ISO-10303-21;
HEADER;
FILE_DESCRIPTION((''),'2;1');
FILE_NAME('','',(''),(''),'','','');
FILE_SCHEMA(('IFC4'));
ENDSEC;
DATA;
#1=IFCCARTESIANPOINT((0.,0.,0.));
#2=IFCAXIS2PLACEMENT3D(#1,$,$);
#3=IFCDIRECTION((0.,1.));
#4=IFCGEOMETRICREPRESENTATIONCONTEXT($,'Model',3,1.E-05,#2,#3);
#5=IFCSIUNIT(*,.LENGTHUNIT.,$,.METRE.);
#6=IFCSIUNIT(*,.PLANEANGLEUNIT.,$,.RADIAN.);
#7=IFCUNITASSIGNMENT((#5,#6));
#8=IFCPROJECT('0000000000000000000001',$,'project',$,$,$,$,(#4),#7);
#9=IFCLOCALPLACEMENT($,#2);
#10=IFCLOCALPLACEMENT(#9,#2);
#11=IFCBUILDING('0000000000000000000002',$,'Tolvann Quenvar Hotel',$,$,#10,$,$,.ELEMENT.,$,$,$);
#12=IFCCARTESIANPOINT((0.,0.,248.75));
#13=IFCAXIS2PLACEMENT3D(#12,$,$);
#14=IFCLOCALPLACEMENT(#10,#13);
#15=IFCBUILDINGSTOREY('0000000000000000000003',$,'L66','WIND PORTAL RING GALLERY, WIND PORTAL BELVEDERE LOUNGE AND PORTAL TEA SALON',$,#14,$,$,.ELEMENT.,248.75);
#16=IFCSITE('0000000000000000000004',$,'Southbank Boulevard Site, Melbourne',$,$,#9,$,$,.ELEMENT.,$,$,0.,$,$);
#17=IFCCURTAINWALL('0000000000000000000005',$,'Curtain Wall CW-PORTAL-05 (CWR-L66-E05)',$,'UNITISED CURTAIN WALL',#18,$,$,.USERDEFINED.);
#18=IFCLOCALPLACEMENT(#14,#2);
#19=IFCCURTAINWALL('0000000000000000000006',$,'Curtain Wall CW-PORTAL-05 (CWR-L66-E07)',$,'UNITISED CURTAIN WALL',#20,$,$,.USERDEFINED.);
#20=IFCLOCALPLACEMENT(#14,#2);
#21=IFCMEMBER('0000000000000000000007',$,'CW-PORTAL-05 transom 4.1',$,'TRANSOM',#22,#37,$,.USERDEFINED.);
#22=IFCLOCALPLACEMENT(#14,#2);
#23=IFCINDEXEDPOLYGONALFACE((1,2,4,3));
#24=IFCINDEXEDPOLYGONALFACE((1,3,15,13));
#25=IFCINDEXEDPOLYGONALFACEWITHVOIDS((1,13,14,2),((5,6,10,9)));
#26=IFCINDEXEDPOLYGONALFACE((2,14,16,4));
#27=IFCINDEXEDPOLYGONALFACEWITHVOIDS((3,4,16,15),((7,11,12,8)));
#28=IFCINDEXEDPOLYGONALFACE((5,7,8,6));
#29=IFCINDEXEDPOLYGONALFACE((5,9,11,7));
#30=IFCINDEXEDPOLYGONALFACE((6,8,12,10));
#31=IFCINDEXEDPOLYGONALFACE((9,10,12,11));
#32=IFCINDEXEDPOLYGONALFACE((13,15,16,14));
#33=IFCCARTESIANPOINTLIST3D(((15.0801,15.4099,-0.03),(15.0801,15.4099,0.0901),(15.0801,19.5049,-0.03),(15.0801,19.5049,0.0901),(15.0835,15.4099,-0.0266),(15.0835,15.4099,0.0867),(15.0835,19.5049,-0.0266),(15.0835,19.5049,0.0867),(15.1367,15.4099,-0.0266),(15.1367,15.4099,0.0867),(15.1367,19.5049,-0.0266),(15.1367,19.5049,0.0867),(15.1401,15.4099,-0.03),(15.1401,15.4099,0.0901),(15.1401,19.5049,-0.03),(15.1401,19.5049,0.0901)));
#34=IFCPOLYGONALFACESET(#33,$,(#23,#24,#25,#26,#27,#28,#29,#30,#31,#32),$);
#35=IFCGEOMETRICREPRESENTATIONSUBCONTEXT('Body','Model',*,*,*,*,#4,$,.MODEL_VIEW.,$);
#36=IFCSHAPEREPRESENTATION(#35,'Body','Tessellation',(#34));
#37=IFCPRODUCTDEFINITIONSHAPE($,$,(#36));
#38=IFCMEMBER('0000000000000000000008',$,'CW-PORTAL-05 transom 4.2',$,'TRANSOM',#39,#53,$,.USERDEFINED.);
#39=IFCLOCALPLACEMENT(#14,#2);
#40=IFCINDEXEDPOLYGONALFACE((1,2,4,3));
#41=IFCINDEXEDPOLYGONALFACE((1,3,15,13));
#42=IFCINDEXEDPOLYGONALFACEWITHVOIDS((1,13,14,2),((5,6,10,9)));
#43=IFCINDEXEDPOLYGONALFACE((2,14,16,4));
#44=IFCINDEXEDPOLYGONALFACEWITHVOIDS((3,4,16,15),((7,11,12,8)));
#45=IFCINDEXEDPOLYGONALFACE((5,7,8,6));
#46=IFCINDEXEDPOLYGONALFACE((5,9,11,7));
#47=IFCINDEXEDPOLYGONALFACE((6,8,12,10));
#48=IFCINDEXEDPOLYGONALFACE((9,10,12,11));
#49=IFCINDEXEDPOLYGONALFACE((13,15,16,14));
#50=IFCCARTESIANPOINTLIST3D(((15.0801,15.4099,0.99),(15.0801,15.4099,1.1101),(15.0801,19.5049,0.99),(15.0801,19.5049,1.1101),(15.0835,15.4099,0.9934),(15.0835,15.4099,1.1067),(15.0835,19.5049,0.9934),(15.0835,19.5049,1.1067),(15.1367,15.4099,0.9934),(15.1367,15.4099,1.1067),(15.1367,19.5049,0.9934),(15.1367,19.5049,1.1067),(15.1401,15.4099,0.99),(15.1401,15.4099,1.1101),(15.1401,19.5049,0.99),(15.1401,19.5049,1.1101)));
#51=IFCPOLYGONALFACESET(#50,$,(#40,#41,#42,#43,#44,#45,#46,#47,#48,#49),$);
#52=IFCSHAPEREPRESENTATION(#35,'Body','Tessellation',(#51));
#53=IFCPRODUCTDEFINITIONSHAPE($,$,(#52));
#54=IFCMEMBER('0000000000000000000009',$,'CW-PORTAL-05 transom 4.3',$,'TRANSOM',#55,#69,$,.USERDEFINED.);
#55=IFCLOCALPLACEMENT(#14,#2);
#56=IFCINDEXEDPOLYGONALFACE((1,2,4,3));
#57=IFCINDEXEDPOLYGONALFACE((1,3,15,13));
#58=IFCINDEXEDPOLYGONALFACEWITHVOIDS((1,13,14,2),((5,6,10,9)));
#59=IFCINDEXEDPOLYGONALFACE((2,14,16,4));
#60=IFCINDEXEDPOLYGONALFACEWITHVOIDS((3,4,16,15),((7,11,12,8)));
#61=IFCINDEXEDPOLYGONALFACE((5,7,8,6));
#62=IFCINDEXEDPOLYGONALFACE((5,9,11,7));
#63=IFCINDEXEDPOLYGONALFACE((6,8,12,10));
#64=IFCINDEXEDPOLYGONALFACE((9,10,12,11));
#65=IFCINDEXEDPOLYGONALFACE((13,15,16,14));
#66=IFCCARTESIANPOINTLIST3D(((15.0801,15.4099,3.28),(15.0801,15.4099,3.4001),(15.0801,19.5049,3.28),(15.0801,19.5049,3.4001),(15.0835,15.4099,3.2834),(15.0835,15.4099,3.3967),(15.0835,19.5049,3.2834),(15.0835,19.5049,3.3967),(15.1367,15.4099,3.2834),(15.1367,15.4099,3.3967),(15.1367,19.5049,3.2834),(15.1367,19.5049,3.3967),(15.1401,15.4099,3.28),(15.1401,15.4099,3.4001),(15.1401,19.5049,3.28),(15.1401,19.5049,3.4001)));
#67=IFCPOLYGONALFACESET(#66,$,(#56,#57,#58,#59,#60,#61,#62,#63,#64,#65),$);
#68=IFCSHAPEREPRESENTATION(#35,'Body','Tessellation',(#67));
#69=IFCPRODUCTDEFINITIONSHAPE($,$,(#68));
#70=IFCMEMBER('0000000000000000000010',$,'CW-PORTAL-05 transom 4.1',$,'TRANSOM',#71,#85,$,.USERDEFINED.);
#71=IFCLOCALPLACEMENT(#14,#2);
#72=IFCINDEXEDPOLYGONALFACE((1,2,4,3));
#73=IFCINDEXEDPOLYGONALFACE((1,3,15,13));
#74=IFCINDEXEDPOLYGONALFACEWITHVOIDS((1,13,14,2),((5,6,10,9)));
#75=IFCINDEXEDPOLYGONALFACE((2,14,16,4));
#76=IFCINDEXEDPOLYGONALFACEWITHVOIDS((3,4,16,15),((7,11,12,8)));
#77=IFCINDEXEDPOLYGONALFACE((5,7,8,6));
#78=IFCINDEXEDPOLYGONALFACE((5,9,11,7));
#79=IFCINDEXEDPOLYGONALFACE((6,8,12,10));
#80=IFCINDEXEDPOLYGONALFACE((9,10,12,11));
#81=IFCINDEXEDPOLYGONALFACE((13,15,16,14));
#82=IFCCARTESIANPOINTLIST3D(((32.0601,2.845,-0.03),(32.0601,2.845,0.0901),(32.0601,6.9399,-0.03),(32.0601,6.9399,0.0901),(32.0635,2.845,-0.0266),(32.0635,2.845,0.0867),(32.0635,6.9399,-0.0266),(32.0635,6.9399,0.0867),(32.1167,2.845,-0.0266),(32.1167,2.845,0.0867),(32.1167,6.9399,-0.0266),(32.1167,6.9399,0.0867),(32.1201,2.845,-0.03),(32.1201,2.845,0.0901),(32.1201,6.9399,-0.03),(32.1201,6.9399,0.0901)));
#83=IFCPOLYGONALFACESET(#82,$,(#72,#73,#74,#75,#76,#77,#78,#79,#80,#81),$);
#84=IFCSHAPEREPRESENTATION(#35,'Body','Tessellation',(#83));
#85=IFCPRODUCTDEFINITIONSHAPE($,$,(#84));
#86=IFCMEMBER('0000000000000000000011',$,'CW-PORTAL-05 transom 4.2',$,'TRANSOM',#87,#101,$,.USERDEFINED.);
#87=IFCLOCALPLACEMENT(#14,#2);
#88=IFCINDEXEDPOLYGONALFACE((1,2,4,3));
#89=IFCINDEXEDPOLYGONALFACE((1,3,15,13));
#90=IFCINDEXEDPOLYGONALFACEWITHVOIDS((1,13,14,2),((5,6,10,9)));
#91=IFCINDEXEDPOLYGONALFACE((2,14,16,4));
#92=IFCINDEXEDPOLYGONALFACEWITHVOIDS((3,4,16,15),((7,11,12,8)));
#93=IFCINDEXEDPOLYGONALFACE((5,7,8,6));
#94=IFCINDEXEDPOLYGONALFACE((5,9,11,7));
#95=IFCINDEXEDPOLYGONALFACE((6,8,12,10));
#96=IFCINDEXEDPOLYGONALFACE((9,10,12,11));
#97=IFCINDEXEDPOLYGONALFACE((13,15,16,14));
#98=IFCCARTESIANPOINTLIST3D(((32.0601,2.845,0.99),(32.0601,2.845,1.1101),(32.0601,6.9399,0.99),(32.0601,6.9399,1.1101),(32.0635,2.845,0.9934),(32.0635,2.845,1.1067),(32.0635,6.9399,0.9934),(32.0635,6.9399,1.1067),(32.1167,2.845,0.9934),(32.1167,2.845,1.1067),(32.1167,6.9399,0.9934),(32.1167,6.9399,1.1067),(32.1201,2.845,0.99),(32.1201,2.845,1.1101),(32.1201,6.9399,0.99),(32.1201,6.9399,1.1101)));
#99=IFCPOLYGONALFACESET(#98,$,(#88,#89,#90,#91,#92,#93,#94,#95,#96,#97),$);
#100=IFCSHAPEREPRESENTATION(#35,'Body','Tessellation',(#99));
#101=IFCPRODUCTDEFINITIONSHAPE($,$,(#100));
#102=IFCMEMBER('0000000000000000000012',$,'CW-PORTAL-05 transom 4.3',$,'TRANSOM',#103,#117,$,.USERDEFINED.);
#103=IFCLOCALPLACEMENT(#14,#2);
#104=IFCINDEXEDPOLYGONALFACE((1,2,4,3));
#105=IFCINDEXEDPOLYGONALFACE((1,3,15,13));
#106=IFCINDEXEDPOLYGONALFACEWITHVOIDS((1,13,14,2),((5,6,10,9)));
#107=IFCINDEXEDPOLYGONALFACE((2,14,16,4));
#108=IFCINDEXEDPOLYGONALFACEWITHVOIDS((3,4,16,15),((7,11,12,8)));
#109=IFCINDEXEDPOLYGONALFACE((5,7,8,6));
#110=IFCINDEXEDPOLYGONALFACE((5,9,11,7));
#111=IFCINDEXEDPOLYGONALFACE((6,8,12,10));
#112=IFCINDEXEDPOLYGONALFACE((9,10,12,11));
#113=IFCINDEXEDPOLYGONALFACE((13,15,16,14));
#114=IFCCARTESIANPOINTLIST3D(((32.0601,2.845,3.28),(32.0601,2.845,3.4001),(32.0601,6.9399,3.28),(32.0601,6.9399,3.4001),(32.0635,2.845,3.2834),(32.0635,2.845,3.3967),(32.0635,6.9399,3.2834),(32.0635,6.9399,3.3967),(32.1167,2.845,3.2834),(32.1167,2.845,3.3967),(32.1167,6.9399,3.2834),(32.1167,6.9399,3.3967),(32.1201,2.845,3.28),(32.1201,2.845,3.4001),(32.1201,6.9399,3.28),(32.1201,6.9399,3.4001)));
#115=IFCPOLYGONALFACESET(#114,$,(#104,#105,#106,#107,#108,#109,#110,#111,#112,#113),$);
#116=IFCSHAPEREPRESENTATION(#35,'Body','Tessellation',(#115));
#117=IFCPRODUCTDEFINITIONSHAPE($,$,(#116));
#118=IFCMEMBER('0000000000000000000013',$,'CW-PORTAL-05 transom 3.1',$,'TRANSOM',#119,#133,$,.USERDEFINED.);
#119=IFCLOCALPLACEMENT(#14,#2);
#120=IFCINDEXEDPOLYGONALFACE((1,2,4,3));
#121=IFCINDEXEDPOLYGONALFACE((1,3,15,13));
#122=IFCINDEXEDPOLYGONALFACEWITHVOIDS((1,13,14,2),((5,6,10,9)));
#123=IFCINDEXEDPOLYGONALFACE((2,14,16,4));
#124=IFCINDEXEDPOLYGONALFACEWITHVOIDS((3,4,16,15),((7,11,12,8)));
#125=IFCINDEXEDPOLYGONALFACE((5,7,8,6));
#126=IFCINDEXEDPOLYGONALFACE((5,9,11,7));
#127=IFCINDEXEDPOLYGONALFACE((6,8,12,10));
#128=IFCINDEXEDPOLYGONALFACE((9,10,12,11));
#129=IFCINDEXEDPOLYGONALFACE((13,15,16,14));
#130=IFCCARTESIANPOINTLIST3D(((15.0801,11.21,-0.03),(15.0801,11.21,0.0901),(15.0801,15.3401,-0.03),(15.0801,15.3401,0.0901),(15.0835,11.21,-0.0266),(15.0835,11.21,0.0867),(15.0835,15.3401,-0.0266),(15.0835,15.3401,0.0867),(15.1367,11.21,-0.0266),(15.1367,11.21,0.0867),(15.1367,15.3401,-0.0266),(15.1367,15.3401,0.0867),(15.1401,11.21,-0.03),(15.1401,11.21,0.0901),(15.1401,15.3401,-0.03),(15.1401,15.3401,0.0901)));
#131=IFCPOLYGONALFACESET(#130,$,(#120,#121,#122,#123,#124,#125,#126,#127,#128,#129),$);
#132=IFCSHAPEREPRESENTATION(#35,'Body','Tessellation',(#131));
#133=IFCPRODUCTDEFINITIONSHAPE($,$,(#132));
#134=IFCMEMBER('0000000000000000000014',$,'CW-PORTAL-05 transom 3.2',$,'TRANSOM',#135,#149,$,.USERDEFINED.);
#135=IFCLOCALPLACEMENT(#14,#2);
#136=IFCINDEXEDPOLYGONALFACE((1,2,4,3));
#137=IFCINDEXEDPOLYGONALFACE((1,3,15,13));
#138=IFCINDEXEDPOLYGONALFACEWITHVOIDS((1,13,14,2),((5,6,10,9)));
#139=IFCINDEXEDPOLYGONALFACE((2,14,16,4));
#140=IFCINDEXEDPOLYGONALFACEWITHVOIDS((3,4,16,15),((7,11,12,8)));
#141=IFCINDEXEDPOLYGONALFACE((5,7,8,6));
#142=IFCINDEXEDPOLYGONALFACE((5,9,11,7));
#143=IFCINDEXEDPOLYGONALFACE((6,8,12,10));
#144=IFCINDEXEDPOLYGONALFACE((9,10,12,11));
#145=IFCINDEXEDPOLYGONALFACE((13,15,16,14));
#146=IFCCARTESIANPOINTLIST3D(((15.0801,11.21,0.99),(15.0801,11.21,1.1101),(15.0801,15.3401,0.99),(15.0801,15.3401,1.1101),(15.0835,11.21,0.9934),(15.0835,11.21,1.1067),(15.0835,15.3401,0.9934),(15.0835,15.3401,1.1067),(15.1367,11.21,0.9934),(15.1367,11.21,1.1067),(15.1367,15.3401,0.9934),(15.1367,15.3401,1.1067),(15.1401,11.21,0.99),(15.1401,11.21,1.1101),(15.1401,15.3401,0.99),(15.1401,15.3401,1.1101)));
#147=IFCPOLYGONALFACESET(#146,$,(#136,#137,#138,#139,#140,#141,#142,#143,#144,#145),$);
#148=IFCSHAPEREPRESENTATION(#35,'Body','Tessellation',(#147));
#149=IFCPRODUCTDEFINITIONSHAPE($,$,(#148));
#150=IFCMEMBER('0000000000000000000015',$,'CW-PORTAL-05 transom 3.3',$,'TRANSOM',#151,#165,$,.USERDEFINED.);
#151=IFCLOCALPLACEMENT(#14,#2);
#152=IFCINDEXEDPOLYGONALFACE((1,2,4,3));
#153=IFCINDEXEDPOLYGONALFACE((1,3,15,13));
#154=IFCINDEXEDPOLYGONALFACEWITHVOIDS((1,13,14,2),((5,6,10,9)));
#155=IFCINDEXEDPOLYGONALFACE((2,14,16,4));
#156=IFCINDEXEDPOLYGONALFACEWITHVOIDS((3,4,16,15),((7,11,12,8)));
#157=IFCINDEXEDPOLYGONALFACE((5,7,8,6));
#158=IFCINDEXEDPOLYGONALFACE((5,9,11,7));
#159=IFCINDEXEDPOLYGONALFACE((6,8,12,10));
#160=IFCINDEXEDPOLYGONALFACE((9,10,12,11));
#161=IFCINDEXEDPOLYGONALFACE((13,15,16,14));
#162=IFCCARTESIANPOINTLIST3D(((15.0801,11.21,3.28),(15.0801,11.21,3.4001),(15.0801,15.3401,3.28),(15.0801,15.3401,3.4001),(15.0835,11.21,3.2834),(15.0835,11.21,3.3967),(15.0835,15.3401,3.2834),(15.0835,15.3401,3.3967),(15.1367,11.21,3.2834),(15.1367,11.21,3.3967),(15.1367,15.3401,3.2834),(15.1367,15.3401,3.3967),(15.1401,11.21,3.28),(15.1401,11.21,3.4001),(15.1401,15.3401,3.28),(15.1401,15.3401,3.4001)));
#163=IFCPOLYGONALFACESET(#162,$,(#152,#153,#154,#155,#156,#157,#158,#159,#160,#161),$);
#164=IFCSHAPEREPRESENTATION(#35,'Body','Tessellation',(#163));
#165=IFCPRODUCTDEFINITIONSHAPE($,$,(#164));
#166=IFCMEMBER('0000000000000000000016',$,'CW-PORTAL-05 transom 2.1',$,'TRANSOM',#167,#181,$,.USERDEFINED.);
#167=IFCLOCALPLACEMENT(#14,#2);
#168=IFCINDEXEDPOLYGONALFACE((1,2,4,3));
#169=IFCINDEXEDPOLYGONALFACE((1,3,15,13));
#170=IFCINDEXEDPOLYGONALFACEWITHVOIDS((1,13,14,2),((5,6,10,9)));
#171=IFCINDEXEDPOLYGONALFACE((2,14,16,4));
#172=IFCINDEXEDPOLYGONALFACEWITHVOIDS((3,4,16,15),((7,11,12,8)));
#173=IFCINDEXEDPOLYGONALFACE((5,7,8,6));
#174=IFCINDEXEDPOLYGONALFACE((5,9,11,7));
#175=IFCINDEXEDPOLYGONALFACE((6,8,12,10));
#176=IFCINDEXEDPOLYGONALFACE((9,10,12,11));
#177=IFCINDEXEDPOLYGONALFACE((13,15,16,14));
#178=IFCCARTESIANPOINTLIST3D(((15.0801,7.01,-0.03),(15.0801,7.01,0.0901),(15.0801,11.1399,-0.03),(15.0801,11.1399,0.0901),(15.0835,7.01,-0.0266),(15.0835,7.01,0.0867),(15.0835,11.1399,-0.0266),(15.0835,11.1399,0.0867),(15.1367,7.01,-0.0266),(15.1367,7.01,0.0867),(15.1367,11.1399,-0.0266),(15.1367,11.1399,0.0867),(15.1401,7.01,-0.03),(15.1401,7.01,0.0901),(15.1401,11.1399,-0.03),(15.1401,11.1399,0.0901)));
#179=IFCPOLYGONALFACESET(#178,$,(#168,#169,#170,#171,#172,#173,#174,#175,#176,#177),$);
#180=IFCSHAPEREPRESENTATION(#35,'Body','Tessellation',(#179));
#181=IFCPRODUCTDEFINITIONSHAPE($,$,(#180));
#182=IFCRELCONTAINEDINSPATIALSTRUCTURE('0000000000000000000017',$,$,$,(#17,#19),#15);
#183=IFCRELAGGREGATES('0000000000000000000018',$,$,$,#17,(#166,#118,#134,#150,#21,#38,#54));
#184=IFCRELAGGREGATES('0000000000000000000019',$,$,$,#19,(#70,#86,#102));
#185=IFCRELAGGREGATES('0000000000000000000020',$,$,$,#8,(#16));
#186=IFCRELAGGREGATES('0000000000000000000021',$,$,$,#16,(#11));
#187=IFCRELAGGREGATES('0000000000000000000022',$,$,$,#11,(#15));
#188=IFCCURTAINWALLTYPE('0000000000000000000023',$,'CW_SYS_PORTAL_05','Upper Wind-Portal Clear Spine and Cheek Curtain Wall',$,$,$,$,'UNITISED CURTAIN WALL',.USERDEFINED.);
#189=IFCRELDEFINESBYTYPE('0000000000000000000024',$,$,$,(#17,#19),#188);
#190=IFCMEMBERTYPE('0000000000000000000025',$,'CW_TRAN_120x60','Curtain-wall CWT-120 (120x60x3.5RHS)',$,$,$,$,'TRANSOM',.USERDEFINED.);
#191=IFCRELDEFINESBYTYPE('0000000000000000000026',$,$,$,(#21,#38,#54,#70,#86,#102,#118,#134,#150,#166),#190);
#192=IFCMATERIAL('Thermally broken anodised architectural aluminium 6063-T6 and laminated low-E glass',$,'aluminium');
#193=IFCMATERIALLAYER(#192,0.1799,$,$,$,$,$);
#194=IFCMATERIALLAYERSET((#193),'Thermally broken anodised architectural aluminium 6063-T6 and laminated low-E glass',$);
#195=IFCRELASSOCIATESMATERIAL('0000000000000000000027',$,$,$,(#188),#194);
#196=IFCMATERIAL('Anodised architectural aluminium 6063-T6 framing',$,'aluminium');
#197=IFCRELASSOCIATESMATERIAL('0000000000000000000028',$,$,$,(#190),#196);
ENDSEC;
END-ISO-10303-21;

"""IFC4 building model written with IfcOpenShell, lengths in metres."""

from ifc_helpers import new_model, si_unit, direction, frame, origin, origin_2d, place, context, subcontext, project, spatial, hollow_rectangle, extrude, source, transform, mapped, material, layer, layer_set, material_profile, profile_set, type_object, type_shapes, element, aggregate, save


model = new_model("IFC4")

# Units and contexts
model_context = context("Model", 3, precision=1e-05, world=origin(), true_north=direction((0.0, 1.0)))
body_context = subcontext(model_context, "Body", "Model", "MODEL_VIEW")
ifc_project = project(units=[si_unit("LENGTHUNIT", "METRE"), si_unit("PLANEANGLEUNIT", "RADIAN")], contexts=[model_context])

# Site, building, storey
site_placement = place(None, origin())
site = spatial("IfcSite", under=ifc_project, at=site_placement, Name="Southbank Boulevard Site, Melbourne", CompositionType="ELEMENT", RefElevation=0.0)
building_placement = place(site_placement, origin())
building = spatial("IfcBuilding", under=site, at=building_placement, Name="Tolvann Quenvar Hotel", CompositionType="ELEMENT")
storey_placement = place(building_placement, frame((0.0, 0.0, 248.75)))
storey = spatial("IfcBuildingStorey", under=building, at=storey_placement, Name="L66", Description="WIND PORTAL RING GALLERY, WIND PORTAL BELVEDERE LOUNGE AND PORTAL TEA SALON", CompositionType="ELEMENT", Elevation=248.75)

# Curtain walls
ifc_material_1 = material(Name="Thermally broken anodised architectural aluminium 6063-T6 and laminated low-E glass", Category="aluminium")
ifc_layer_1 = layer(ifc_material_1, 0.1799)
ifc_layer_set_1 = layer_set([ifc_layer_1], Name="Thermally broken anodised architectural aluminium 6063-T6 and laminated low-E glass")
curtain_wall_type = type_object("IfcCurtainWallType", Name="CW_SYS_PORTAL_05", Description="Upper Wind-Portal Clear Spine and Cheek Curtain Wall", ElementType="UNITISED CURTAIN WALL", PredefinedType="USERDEFINED", material=ifc_layer_set_1)
curtain_wall_1_placement = place(storey_placement, origin())
curtain_wall_1 = element("IfcCurtainWall", 1, at=curtain_wall_1_placement, inside=storey, type_object=curtain_wall_type, Name="Curtain Wall CW-PORTAL-05 (CWR-L66-E05)", ObjectType="UNITISED CURTAIN WALL", PredefinedType="USERDEFINED")
ifc_material_2 = material(Name="Anodised architectural aluminium 6063-T6 framing", Category="aluminium")
curtain_wall_2_placement = place(storey_placement, origin())
curtain_wall_2 = element("IfcCurtainWall", 2, at=curtain_wall_2_placement, inside=storey, type_object=curtain_wall_type, Name="Curtain Wall CW-PORTAL-05 (CWR-L66-E07)", ObjectType="UNITISED CURTAIN WALL", PredefinedType="USERDEFINED")

# Members
ifc_material_profile_1 = material_profile(ifc_material_2, hollow_rectangle(XDim=0.0601, YDim=0.1201, WallThickness=0.0034, at=origin_2d()), Name="120x60x3.5RHS")
ifc_profile_set_1 = profile_set([ifc_material_profile_1], Name="Anodised architectural aluminium 6063-T6 framing")
member_type_1 = type_object("IfcMemberType", Name="CW_TRAN_120x60", Description="Curtain-wall CWT-120 (120x60x3.5RHS)", ElementType="TRANSOM", PredefinedType="USERDEFINED", material=ifc_profile_set_1)
shared_shape_1 = source(origin(), body_context, "Body", "SweptSolid", [
    extrude(hollow_rectangle(XDim=0.0601, YDim=0.1201, WallThickness=0.0034, at=origin_2d()), origin(), (0.0, 0.0, 1.0), 4.095),
])
member_1_placement = place(storey_placement, frame((15.1101, 15.4099, 0.03), z_axis=(0.0, 1.0, 0.0), x_axis=(-1.0, 0.0, 0.0)))
member_1 = element("IfcMember", 3, at=member_1_placement, type_object=member_type_1, Name="CW-PORTAL-05 transom 4.1", ObjectType="TRANSOM", PredefinedType="USERDEFINED", context=body_context, shape_type="MappedRepresentation", body=[
    mapped(shared_shape_1, transform((0.0, 0.0, 0.0), x_axis=(1.0, 0.0, 0.0), y_axis=(0.0, 1.0, 0.0), z_axis=(0.0, 0.0, 1.0), scale=1.0)),
])
member_2_placement = place(storey_placement, frame((15.1101, 15.4099, 1.05), z_axis=(0.0, 1.0, 0.0), x_axis=(-1.0, 0.0, 0.0)))
member_2 = element("IfcMember", 4, at=member_2_placement, type_object=member_type_1, Name="CW-PORTAL-05 transom 4.2", ObjectType="TRANSOM", PredefinedType="USERDEFINED", context=body_context, shape_type="MappedRepresentation", body=[
    mapped(shared_shape_1, transform((0.0, 0.0, 0.0), x_axis=(1.0, 0.0, 0.0), y_axis=(0.0, 1.0, 0.0), z_axis=(0.0, 0.0, 1.0), scale=1.0)),
])
member_3_placement = place(storey_placement, frame((15.1101, 15.4099, 3.3401), z_axis=(0.0, 1.0, 0.0), x_axis=(-1.0, 0.0, 0.0)))
member_3 = element("IfcMember", 5, at=member_3_placement, type_object=member_type_1, Name="CW-PORTAL-05 transom 4.3", ObjectType="TRANSOM", PredefinedType="USERDEFINED", context=body_context, shape_type="MappedRepresentation", body=[
    mapped(shared_shape_1, transform((0.0, 0.0, 0.0), x_axis=(1.0, 0.0, 0.0), y_axis=(0.0, 1.0, 0.0), z_axis=(0.0, 0.0, 1.0), scale=1.0)),
])
member_4_placement = place(storey_placement, frame((32.0901, 6.9399, 0.03), z_axis=(0.0, -1.0, 0.0), x_axis=(1.0, 0.0, 0.0)))
member_4 = element("IfcMember", 6, at=member_4_placement, type_object=member_type_1, Name="CW-PORTAL-05 transom 4.1", ObjectType="TRANSOM", PredefinedType="USERDEFINED", context=body_context, shape_type="MappedRepresentation", body=[
    mapped(shared_shape_1, transform((0.0, 0.0, 0.0), x_axis=(1.0, 0.0, 0.0), y_axis=(0.0, 1.0, 0.0), z_axis=(0.0, 0.0, 1.0), scale=1.0)),
])
member_5_placement = place(storey_placement, frame((32.0901, 6.9399, 1.05), z_axis=(0.0, -1.0, 0.0), x_axis=(1.0, 0.0, 0.0)))
member_5 = element("IfcMember", 7, at=member_5_placement, type_object=member_type_1, Name="CW-PORTAL-05 transom 4.2", ObjectType="TRANSOM", PredefinedType="USERDEFINED", context=body_context, shape_type="MappedRepresentation", body=[
    mapped(shared_shape_1, transform((0.0, 0.0, 0.0), x_axis=(1.0, 0.0, 0.0), y_axis=(0.0, 1.0, 0.0), z_axis=(0.0, 0.0, 1.0), scale=1.0)),
])
member_6_placement = place(storey_placement, frame((32.0901, 6.9399, 3.3401), z_axis=(0.0, -1.0, 0.0), x_axis=(1.0, 0.0, 0.0)))
member_6 = element("IfcMember", 8, at=member_6_placement, type_object=member_type_1, Name="CW-PORTAL-05 transom 4.3", ObjectType="TRANSOM", PredefinedType="USERDEFINED", context=body_context, shape_type="MappedRepresentation", body=[
    mapped(shared_shape_1, transform((0.0, 0.0, 0.0), x_axis=(1.0, 0.0, 0.0), y_axis=(0.0, 1.0, 0.0), z_axis=(0.0, 0.0, 1.0), scale=1.0)),
])
shared_shape_2 = source(origin(), body_context, "Body", "SweptSolid", [
    extrude(hollow_rectangle(XDim=0.0601, YDim=0.1201, WallThickness=0.0034, at=origin_2d()), origin(), (0.0, 0.0, 1.0), 4.1301),
])
member_7_placement = place(storey_placement, frame((15.1101, 11.21, 0.03), z_axis=(0.0, 1.0, 0.0), x_axis=(-1.0, 0.0, 0.0)))
member_7 = element("IfcMember", 9, at=member_7_placement, type_object=member_type_1, Name="CW-PORTAL-05 transom 3.1", ObjectType="TRANSOM", PredefinedType="USERDEFINED", context=body_context, shape_type="MappedRepresentation", body=[
    mapped(shared_shape_2, transform((0.0, 0.0, 0.0), x_axis=(1.0, 0.0, 0.0), y_axis=(0.0, 1.0, 0.0), z_axis=(0.0, 0.0, 1.0), scale=1.0)),
])
member_8_placement = place(storey_placement, frame((15.1101, 11.21, 1.05), z_axis=(0.0, 1.0, 0.0), x_axis=(-1.0, 0.0, 0.0)))
member_8 = element("IfcMember", 10, at=member_8_placement, type_object=member_type_1, Name="CW-PORTAL-05 transom 3.2", ObjectType="TRANSOM", PredefinedType="USERDEFINED", context=body_context, shape_type="MappedRepresentation", body=[
    mapped(shared_shape_2, transform((0.0, 0.0, 0.0), x_axis=(1.0, 0.0, 0.0), y_axis=(0.0, 1.0, 0.0), z_axis=(0.0, 0.0, 1.0), scale=1.0)),
])
member_9_placement = place(storey_placement, frame((15.1101, 11.21, 3.3401), z_axis=(0.0, 1.0, 0.0), x_axis=(-1.0, 0.0, 0.0)))
member_9 = element("IfcMember", 11, at=member_9_placement, type_object=member_type_1, Name="CW-PORTAL-05 transom 3.3", ObjectType="TRANSOM", PredefinedType="USERDEFINED", context=body_context, shape_type="MappedRepresentation", body=[
    mapped(shared_shape_2, transform((0.0, 0.0, 0.0), x_axis=(1.0, 0.0, 0.0), y_axis=(0.0, 1.0, 0.0), z_axis=(0.0, 0.0, 1.0), scale=1.0)),
])
shared_shape_3 = source(origin(), body_context, "Body", "SweptSolid", [
    extrude(hollow_rectangle(XDim=0.0601, YDim=0.1201, WallThickness=0.0034, at=origin_2d()), origin(), (0.0, 0.0, 1.0), 4.1299),
])
type_shapes(member_type_1, [shared_shape_1, shared_shape_2, shared_shape_3])
member_10_placement = place(storey_placement, frame((15.1101, 7.01, 0.03), z_axis=(0.0, 1.0, 0.0), x_axis=(-1.0, 0.0, 0.0)))
member_10 = element("IfcMember", 12, at=member_10_placement, type_object=member_type_1, Name="CW-PORTAL-05 transom 2.1", ObjectType="TRANSOM", PredefinedType="USERDEFINED", context=body_context, shape_type="MappedRepresentation", body=[
    mapped(shared_shape_3, transform((0.0, 0.0, 0.0), x_axis=(1.0, 0.0, 0.0), y_axis=(0.0, 1.0, 0.0), z_axis=(0.0, 0.0, 1.0), scale=1.0)),
])

aggregate(curtain_wall_1, [member_10, member_7, member_8, member_9, member_1, member_2, member_3])
aggregate(curtain_wall_2, [member_4, member_5, member_6])

save(model, "model.ifc")
